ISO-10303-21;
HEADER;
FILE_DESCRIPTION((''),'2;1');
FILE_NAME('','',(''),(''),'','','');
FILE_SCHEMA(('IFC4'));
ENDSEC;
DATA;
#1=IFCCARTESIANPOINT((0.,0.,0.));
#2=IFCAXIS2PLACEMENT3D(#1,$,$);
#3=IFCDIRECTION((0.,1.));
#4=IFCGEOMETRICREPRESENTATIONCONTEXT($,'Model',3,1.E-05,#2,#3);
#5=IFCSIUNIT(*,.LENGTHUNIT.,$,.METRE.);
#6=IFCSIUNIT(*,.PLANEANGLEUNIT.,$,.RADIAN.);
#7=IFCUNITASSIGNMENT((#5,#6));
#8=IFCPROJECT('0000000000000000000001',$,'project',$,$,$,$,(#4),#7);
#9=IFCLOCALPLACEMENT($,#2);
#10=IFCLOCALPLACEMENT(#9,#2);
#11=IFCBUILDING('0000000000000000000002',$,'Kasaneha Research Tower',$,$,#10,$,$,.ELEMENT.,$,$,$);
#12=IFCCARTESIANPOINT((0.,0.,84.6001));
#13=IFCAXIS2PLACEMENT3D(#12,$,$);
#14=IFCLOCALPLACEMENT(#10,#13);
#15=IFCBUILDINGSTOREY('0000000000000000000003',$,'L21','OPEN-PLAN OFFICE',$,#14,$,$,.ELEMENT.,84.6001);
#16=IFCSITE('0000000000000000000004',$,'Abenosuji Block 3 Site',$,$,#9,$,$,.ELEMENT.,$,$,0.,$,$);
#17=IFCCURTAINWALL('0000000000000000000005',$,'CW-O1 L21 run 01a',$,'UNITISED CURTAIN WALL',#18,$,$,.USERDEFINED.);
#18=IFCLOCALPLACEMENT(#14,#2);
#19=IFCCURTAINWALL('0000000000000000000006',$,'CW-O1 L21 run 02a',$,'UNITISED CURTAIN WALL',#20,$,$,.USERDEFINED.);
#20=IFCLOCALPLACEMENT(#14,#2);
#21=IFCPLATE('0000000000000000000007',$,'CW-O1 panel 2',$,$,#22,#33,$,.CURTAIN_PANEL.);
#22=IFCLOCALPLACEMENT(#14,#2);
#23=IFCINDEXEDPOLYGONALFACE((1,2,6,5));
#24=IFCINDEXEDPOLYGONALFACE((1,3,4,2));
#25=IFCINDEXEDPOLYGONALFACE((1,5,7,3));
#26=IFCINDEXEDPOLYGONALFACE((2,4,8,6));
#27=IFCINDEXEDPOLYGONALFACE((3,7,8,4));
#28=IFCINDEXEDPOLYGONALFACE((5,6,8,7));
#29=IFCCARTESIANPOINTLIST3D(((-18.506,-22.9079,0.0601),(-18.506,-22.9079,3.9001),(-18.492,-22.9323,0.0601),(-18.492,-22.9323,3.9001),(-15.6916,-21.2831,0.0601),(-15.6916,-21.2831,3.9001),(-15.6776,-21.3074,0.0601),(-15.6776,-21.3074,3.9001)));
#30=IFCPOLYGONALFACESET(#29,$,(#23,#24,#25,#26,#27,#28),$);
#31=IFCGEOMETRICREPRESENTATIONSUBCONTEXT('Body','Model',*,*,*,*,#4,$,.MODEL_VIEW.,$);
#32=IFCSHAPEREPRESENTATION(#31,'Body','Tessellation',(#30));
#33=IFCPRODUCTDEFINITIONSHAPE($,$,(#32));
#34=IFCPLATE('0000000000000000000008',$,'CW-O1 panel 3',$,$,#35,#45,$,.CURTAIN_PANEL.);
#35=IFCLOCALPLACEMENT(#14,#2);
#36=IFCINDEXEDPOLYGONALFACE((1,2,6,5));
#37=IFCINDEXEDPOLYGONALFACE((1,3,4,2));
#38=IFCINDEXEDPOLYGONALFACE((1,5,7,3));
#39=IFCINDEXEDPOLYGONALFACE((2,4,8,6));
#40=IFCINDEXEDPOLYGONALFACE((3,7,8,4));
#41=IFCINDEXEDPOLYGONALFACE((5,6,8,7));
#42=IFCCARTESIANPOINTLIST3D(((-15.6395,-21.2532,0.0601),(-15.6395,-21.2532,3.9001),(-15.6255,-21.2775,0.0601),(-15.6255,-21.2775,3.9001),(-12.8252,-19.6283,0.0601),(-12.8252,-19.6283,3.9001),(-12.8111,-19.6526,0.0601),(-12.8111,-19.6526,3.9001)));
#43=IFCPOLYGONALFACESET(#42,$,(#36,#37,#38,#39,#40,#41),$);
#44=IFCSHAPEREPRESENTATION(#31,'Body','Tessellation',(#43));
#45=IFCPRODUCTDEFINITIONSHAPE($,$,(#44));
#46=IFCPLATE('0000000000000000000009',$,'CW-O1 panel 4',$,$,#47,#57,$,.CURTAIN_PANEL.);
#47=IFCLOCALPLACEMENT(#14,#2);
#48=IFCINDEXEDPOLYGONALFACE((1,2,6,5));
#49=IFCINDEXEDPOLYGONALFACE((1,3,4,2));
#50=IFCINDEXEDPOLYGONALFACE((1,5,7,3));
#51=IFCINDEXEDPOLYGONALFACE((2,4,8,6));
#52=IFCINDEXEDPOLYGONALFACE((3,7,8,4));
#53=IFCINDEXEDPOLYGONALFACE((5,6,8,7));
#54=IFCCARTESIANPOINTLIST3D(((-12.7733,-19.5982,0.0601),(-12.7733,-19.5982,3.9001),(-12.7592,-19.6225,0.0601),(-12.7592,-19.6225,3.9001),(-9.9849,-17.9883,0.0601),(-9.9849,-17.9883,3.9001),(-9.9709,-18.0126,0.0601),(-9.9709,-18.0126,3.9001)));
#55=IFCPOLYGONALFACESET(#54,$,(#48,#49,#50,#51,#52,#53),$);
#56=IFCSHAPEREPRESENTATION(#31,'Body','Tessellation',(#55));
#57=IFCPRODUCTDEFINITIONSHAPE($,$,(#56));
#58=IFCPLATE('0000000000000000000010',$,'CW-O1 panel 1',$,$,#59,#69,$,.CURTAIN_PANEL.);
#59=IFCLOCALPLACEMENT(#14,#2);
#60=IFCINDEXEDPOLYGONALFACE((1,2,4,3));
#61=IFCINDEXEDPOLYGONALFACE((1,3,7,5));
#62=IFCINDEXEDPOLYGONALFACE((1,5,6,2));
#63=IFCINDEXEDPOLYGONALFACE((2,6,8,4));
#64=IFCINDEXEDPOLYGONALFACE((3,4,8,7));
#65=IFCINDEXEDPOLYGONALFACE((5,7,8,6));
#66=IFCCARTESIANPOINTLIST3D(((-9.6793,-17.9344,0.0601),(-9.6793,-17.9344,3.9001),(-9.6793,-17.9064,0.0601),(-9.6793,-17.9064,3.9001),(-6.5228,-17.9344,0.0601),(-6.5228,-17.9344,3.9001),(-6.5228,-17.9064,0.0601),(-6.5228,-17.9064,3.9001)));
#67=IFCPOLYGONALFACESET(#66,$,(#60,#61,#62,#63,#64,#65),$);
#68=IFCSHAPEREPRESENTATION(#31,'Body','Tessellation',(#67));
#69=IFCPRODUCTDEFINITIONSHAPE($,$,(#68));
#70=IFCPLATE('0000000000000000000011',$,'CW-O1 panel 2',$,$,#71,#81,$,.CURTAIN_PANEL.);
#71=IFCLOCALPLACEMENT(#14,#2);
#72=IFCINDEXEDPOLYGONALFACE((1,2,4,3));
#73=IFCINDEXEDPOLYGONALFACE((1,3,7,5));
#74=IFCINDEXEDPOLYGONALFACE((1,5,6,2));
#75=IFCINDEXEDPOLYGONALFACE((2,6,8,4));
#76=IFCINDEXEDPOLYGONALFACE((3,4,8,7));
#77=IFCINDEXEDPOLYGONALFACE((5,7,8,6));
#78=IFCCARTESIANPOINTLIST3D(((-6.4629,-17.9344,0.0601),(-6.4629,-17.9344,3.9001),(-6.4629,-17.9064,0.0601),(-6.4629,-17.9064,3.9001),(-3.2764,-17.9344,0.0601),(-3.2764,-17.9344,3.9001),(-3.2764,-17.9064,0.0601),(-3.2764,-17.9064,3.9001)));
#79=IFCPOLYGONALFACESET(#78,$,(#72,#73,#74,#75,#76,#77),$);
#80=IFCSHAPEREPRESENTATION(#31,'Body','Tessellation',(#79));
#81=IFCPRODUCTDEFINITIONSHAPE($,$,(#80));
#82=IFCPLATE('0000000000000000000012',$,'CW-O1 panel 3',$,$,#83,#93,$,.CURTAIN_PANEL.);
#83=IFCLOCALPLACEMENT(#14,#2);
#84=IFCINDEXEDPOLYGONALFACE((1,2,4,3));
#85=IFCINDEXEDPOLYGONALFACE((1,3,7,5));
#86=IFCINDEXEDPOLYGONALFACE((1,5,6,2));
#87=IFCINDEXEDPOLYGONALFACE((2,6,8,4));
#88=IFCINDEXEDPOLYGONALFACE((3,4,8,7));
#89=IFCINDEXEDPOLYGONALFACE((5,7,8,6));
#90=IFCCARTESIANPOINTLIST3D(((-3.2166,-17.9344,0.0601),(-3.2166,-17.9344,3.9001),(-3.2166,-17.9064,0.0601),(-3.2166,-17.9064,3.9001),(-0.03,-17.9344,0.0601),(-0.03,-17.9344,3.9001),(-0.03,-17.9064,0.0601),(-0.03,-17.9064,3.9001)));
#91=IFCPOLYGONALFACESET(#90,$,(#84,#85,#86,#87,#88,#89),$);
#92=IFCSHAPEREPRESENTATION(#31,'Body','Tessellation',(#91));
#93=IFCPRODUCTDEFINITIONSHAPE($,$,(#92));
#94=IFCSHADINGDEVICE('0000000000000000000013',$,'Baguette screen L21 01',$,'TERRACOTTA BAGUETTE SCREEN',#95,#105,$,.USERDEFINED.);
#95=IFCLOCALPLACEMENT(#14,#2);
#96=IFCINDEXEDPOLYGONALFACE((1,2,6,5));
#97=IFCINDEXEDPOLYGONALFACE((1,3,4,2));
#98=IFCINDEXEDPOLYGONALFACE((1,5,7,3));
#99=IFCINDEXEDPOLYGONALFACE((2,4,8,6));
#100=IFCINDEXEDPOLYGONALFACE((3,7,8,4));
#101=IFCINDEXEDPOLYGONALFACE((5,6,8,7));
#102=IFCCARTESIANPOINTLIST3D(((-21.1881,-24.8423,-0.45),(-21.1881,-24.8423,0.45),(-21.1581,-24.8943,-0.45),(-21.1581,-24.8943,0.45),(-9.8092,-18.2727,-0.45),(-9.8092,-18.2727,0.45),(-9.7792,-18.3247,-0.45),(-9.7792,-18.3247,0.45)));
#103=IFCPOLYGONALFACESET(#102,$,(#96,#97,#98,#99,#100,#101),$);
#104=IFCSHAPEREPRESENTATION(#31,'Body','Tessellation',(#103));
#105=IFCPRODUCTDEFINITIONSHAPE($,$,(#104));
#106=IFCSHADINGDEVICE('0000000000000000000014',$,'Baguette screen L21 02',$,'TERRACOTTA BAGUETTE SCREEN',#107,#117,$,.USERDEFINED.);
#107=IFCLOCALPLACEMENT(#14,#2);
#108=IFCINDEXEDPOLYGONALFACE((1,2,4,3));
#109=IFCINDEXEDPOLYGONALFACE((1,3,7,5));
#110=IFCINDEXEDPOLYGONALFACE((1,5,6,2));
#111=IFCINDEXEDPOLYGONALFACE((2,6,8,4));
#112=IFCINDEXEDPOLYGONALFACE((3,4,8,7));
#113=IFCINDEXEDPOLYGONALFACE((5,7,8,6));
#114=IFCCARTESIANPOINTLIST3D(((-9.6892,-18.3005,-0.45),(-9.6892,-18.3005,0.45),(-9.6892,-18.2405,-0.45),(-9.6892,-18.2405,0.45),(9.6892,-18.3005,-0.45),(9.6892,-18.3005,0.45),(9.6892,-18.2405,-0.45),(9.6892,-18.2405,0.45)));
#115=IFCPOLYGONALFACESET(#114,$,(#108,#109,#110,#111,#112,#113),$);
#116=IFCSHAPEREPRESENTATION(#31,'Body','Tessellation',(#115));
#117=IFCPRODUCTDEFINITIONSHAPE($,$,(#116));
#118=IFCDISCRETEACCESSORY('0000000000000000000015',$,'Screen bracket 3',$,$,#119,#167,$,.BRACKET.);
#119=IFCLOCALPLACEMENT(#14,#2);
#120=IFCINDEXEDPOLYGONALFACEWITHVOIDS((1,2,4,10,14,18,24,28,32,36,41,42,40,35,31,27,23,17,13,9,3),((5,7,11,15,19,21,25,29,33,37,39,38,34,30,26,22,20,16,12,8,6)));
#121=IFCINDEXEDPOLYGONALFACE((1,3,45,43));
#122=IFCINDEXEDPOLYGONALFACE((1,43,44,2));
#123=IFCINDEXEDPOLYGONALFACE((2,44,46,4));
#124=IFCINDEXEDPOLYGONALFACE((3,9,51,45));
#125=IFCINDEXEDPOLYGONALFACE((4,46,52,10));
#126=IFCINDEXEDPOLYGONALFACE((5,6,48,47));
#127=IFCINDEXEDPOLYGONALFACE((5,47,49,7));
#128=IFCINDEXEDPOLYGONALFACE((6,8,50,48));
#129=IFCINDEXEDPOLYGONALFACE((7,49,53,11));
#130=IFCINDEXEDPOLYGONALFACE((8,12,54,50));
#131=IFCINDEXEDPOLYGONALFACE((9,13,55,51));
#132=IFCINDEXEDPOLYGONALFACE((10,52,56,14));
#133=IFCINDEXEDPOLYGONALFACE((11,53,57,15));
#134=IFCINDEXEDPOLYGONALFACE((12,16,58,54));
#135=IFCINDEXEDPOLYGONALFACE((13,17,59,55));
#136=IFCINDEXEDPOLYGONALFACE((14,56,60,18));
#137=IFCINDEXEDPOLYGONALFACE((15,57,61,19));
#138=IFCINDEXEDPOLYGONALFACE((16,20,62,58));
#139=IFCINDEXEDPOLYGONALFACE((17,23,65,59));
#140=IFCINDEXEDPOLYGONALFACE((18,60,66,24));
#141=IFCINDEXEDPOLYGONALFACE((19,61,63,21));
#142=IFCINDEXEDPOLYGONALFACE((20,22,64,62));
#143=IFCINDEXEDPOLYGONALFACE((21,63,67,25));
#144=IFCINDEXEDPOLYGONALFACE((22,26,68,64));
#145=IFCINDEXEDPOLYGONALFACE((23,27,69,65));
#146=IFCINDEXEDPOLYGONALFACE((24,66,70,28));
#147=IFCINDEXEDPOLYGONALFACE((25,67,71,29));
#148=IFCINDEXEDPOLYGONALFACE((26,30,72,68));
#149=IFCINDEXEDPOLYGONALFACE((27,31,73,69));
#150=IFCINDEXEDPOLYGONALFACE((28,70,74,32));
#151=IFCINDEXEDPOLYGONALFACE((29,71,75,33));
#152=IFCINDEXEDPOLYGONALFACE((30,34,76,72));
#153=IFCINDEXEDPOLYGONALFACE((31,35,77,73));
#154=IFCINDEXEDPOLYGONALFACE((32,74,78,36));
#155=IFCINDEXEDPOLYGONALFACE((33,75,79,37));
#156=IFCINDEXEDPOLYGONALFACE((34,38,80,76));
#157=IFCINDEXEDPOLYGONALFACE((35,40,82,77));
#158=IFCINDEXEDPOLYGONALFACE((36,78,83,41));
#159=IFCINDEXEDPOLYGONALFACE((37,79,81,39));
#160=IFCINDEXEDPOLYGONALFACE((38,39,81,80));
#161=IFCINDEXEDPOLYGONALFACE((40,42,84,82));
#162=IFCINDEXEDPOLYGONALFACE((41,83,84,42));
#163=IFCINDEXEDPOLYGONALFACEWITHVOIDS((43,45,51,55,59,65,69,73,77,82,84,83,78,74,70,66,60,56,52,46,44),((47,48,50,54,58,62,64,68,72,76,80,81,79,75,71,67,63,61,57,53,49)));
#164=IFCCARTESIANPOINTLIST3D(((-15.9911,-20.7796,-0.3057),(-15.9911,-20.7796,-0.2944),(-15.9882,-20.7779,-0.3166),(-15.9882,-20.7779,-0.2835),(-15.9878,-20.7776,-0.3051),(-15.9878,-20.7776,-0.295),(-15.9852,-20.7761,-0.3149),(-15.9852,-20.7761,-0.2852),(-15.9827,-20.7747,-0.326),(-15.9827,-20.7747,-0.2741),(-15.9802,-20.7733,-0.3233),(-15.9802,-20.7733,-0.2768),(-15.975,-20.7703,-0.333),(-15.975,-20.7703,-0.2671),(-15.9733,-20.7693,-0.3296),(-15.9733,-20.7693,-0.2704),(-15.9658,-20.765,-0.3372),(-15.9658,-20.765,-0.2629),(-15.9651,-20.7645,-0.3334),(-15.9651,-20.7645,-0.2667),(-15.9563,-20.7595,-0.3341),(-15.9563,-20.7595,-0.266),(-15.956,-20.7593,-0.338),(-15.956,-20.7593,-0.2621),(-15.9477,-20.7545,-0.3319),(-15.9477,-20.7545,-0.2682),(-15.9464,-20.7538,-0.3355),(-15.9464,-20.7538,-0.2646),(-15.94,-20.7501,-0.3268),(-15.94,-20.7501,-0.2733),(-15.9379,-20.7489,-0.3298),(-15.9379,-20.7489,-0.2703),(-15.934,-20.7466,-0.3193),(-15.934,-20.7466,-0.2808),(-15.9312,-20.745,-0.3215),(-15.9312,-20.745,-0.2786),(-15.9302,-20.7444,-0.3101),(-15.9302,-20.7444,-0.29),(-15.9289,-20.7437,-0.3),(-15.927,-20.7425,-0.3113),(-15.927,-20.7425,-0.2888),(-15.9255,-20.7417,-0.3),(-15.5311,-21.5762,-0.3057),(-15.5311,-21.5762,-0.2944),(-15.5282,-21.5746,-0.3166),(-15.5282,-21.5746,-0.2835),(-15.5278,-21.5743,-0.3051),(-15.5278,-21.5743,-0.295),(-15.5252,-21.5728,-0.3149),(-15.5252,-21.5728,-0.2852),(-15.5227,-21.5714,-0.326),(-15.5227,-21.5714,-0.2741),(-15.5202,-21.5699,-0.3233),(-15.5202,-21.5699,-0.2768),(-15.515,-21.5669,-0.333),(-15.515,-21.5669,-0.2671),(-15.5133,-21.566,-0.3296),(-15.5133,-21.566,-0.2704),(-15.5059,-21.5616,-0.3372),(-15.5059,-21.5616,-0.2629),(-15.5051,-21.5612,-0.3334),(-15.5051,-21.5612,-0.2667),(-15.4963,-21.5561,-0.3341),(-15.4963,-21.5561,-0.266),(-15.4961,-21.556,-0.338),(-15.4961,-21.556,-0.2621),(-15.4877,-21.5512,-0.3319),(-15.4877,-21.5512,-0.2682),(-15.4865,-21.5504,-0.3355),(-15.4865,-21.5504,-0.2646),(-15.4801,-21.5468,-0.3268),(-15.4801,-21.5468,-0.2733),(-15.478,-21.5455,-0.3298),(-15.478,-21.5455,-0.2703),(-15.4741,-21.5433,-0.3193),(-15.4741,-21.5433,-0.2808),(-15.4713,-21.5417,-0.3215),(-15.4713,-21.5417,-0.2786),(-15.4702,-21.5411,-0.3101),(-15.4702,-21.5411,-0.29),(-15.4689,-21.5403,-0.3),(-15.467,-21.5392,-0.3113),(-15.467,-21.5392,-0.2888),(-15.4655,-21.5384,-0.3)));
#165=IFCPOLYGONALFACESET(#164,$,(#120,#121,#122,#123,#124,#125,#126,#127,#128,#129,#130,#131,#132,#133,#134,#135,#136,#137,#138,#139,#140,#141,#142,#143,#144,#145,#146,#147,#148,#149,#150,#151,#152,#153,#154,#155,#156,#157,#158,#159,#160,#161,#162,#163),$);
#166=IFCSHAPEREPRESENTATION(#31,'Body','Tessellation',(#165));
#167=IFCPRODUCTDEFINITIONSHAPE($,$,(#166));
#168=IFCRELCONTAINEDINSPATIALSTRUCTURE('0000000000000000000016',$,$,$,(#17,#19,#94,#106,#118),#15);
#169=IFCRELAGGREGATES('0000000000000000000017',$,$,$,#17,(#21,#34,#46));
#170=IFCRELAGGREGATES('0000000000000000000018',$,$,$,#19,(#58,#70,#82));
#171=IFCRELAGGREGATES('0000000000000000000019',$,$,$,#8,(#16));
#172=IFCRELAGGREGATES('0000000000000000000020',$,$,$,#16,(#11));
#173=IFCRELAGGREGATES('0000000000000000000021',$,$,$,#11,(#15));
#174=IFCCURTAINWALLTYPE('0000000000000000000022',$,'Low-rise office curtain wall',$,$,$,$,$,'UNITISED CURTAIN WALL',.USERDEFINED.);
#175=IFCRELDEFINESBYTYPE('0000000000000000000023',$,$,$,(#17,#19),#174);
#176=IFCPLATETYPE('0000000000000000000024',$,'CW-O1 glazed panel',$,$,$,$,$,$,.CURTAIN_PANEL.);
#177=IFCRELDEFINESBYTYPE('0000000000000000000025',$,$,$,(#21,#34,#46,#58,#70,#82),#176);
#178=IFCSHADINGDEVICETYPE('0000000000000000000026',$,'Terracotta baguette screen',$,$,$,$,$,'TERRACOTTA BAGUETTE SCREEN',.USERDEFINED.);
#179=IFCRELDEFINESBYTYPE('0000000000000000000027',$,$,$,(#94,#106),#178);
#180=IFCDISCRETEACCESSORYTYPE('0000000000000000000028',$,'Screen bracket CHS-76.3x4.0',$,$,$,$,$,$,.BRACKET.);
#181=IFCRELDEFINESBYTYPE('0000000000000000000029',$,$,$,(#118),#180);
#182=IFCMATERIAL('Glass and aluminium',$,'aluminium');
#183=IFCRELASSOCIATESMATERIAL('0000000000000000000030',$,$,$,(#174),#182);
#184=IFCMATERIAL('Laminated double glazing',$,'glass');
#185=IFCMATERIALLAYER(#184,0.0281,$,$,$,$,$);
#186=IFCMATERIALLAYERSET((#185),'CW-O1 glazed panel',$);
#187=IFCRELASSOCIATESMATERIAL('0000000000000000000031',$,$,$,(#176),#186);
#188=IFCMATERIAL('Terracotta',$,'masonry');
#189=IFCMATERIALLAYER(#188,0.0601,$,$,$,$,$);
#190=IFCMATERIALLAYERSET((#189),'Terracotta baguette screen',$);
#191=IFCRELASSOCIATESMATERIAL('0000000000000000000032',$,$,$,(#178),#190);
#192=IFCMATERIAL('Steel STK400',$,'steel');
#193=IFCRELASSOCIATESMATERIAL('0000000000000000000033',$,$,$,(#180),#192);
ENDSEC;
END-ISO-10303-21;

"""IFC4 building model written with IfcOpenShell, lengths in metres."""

from ifc_helpers import new_model, si_unit, direction, frame, origin, origin_2d, place, context, subcontext, project, spatial, rectangle, hollow_circle, extrude, material, layer, layer_set, material_profile, profile_set, type_object, element, aggregate, save


model = new_model("IFC4")

# Units and contexts
model_context = context("Model", 3, precision=1e-05, world=origin(), true_north=direction((0.0, 1.0)))
body_context = subcontext(model_context, "Body", "Model", "MODEL_VIEW")
ifc_project = project(units=[si_unit("LENGTHUNIT", "METRE"), si_unit("PLANEANGLEUNIT", "RADIAN")], contexts=[model_context])

# Site, building, storey
site_placement = place(None, origin())
site = spatial("IfcSite", under=ifc_project, at=site_placement, Name="Abenosuji Block 3 Site", CompositionType="ELEMENT", RefElevation=0.0)
building_placement = place(site_placement, origin())
building = spatial("IfcBuilding", under=site, at=building_placement, Name="Kasaneha Research Tower", CompositionType="ELEMENT")
storey_placement = place(building_placement, frame((0.0, 0.0, 84.6001)))
storey = spatial("IfcBuildingStorey", under=building, at=storey_placement, Name="L21", Description="OPEN-PLAN OFFICE", CompositionType="ELEMENT", Elevation=84.6001)

# Curtain walls
ifc_material_1 = material(Name="Glass and aluminium", Category="aluminium")
curtain_wall_type = type_object("IfcCurtainWallType", Name="Low-rise office curtain wall", ElementType="UNITISED CURTAIN WALL", PredefinedType="USERDEFINED", material=ifc_material_1)
curtain_wall_1_placement = place(storey_placement, origin())
curtain_wall_1 = element("IfcCurtainWall", 1, at=curtain_wall_1_placement, inside=storey, type_object=curtain_wall_type, Name="CW-O1 L21 run 01a", ObjectType="UNITISED CURTAIN WALL", PredefinedType="USERDEFINED")
curtain_wall_2_placement = place(storey_placement, origin())
curtain_wall_2 = element("IfcCurtainWall", 2, at=curtain_wall_2_placement, inside=storey, type_object=curtain_wall_type, Name="CW-O1 L21 run 02a", ObjectType="UNITISED CURTAIN WALL", PredefinedType="USERDEFINED")

# Plates
ifc_material_2 = material(Name="Laminated double glazing", Category="glass")
ifc_layer_1 = layer(ifc_material_2, 0.0281)
ifc_layer_set_1 = layer_set([ifc_layer_1], Name="CW-O1 glazed panel")
plate_type = type_object("IfcPlateType", Name="CW-O1 glazed panel", PredefinedType="CURTAIN_PANEL", material=ifc_layer_set_1)
plate_1_placement = place(storey_placement, frame((-17.0918, -22.1077, 0.0601), z_axis=(0.0, 0.0, 1.0), x_axis=(0.866025, 0.5, 0.0)))
plate_1 = element("IfcPlate", 3, at=plate_1_placement, type_object=plate_type, Name="CW-O1 panel 2", PredefinedType="CURTAIN_PANEL", context=body_context, shape_type="SweptSolid", body=[
    extrude(rectangle(XDim=3.2498, YDim=0.0281, at=origin_2d()), origin(), (0.0, 0.0, 1.0), 3.8401),
])
plate_2_placement = place(storey_placement, frame((-14.2253, -20.4529, 0.0601), z_axis=(0.0, 0.0, 1.0), x_axis=(0.866025, 0.5, 0.0)))
plate_2 = element("IfcPlate", 4, at=plate_2_placement, type_object=plate_type, Name="CW-O1 panel 3", PredefinedType="CURTAIN_PANEL", context=body_context, shape_type="SweptSolid", body=[
    extrude(rectangle(XDim=3.2498, YDim=0.0281, at=origin_2d()), origin(), (0.0, 0.0, 1.0), 3.8401),
])
plate_3_placement = place(storey_placement, frame((-11.3721, -18.8054, 0.0601), z_axis=(0.0, 0.0, 1.0), x_axis=(0.866025, 0.5, 0.0)))
plate_3 = element("IfcPlate", 5, at=plate_3_placement, type_object=plate_type, Name="CW-O1 panel 4", PredefinedType="CURTAIN_PANEL", context=body_context, shape_type="SweptSolid", body=[
    extrude(rectangle(XDim=3.2197, YDim=0.0281, at=origin_2d()), origin(), (0.0, 0.0, 1.0), 3.8401),
])
aggregate(curtain_wall_1, [plate_1, plate_2, plate_3])
plate_4_placement = place(storey_placement, frame((-8.1011, -17.9204, 0.0601), z_axis=(0.0, 0.0, 1.0), x_axis=(1.0, 0.0, 0.0)))
plate_4 = element("IfcPlate", 6, at=plate_4_placement, type_object=plate_type, Name="CW-O1 panel 1", PredefinedType="CURTAIN_PANEL", context=body_context, shape_type="SweptSolid", body=[
    extrude(rectangle(XDim=3.1565, YDim=0.0281, at=origin_2d()), origin(), (0.0, 0.0, 1.0), 3.8401),
])
plate_5_placement = place(storey_placement, frame((-4.8696, -17.9204, 0.0601), z_axis=(0.0, 0.0, 1.0), x_axis=(1.0, 0.0, 0.0)))
plate_5 = element("IfcPlate", 7, at=plate_5_placement, type_object=plate_type, Name="CW-O1 panel 2", PredefinedType="CURTAIN_PANEL", context=body_context, shape_type="SweptSolid", body=[
    extrude(rectangle(XDim=3.1865, YDim=0.0281, at=origin_2d()), origin(), (0.0, 0.0, 1.0), 3.8401),
])
plate_6_placement = place(storey_placement, frame((-1.6233, -17.9204, 0.0601), z_axis=(0.0, 0.0, 1.0), x_axis=(1.0, 0.0, 0.0)))
plate_6 = element("IfcPlate", 8, at=plate_6_placement, type_object=plate_type, Name="CW-O1 panel 3", PredefinedType="CURTAIN_PANEL", context=body_context, shape_type="SweptSolid", body=[
    extrude(rectangle(XDim=3.1865, YDim=0.0281, at=origin_2d()), origin(), (0.0, 0.0, 1.0), 3.8401),
])
aggregate(curtain_wall_2, [plate_4, plate_5, plate_6])

# Shading devices
ifc_material_3 = material(Name="Terracotta", Category="masonry")
ifc_layer_2 = layer(ifc_material_3, 0.0601)
ifc_layer_set_2 = layer_set([ifc_layer_2], Name="Terracotta baguette screen")
shading_device_type = type_object("IfcShadingDeviceType", Name="Terracotta baguette screen", ElementType="TERRACOTTA BAGUETTE SCREEN", PredefinedType="USERDEFINED", material=ifc_layer_set_2)
shading_device_1_placement = place(storey_placement, frame((-15.4836, -21.5835, -0.45), z_axis=(0.0, 0.0, 1.0), x_axis=(0.866025, 0.5, 0.0)))
element("IfcShadingDevice", 9, at=shading_device_1_placement, inside=storey, type_object=shading_device_type, Name="Baguette screen L21 01", ObjectType="TERRACOTTA BAGUETTE SCREEN", PredefinedType="USERDEFINED", context=body_context, shape_type="SweptSolid", body=[
    extrude(rectangle(XDim=13.1392, YDim=0.0601, at=origin_2d()), origin(), (0.0, 0.0, 1.0), 0.8999),
])
shading_device_2_placement = place(storey_placement, frame((0.0, -18.2705, -0.45), z_axis=(0.0, 0.0, 1.0), x_axis=(1.0, 0.0, 0.0)))
element("IfcShadingDevice", 10, at=shading_device_2_placement, inside=storey, type_object=shading_device_type, Name="Baguette screen L21 02", ObjectType="TERRACOTTA BAGUETTE SCREEN", PredefinedType="USERDEFINED", context=body_context, shape_type="SweptSolid", body=[
    extrude(rectangle(XDim=19.3784, YDim=0.0601, at=origin_2d()), origin(), (0.0, 0.0, 1.0), 0.8999),
])

# Discrete accessory
ifc_material_4 = material(Name="Steel STK400", Category="steel")
ifc_material_profile_1 = material_profile(ifc_material_4, hollow_circle(Radius=0.0381, WallThickness=0.0039, at=origin_2d()), Name="CHS-76.3x4.0")
ifc_profile_set_1 = profile_set([ifc_material_profile_1], Name="Steel STK400")
discrete_accessory_type = type_object("IfcDiscreteAccessoryType", Name="Screen bracket CHS-76.3x4.0", PredefinedType="BRACKET", material=ifc_profile_set_1)
discrete_accessory_1_placement = place(storey_placement, frame((-15.9585, -20.7607, -0.3), z_axis=(0.500021, -0.866013, 0.0), x_axis=(0.866013, 0.500021, 0.0)))
element("IfcDiscreteAccessory", 11, at=discrete_accessory_1_placement, inside=storey, type_object=discrete_accessory_type, Name="Screen bracket 3", PredefinedType="BRACKET", context=body_context, shape_type="SweptSolid", body=[
    extrude(hollow_circle(Radius=0.0381, WallThickness=0.0039, at=origin_2d()), origin(), (0.0, 0.0, 1.0), 0.9199),
])

save(model, "model.ifc")
